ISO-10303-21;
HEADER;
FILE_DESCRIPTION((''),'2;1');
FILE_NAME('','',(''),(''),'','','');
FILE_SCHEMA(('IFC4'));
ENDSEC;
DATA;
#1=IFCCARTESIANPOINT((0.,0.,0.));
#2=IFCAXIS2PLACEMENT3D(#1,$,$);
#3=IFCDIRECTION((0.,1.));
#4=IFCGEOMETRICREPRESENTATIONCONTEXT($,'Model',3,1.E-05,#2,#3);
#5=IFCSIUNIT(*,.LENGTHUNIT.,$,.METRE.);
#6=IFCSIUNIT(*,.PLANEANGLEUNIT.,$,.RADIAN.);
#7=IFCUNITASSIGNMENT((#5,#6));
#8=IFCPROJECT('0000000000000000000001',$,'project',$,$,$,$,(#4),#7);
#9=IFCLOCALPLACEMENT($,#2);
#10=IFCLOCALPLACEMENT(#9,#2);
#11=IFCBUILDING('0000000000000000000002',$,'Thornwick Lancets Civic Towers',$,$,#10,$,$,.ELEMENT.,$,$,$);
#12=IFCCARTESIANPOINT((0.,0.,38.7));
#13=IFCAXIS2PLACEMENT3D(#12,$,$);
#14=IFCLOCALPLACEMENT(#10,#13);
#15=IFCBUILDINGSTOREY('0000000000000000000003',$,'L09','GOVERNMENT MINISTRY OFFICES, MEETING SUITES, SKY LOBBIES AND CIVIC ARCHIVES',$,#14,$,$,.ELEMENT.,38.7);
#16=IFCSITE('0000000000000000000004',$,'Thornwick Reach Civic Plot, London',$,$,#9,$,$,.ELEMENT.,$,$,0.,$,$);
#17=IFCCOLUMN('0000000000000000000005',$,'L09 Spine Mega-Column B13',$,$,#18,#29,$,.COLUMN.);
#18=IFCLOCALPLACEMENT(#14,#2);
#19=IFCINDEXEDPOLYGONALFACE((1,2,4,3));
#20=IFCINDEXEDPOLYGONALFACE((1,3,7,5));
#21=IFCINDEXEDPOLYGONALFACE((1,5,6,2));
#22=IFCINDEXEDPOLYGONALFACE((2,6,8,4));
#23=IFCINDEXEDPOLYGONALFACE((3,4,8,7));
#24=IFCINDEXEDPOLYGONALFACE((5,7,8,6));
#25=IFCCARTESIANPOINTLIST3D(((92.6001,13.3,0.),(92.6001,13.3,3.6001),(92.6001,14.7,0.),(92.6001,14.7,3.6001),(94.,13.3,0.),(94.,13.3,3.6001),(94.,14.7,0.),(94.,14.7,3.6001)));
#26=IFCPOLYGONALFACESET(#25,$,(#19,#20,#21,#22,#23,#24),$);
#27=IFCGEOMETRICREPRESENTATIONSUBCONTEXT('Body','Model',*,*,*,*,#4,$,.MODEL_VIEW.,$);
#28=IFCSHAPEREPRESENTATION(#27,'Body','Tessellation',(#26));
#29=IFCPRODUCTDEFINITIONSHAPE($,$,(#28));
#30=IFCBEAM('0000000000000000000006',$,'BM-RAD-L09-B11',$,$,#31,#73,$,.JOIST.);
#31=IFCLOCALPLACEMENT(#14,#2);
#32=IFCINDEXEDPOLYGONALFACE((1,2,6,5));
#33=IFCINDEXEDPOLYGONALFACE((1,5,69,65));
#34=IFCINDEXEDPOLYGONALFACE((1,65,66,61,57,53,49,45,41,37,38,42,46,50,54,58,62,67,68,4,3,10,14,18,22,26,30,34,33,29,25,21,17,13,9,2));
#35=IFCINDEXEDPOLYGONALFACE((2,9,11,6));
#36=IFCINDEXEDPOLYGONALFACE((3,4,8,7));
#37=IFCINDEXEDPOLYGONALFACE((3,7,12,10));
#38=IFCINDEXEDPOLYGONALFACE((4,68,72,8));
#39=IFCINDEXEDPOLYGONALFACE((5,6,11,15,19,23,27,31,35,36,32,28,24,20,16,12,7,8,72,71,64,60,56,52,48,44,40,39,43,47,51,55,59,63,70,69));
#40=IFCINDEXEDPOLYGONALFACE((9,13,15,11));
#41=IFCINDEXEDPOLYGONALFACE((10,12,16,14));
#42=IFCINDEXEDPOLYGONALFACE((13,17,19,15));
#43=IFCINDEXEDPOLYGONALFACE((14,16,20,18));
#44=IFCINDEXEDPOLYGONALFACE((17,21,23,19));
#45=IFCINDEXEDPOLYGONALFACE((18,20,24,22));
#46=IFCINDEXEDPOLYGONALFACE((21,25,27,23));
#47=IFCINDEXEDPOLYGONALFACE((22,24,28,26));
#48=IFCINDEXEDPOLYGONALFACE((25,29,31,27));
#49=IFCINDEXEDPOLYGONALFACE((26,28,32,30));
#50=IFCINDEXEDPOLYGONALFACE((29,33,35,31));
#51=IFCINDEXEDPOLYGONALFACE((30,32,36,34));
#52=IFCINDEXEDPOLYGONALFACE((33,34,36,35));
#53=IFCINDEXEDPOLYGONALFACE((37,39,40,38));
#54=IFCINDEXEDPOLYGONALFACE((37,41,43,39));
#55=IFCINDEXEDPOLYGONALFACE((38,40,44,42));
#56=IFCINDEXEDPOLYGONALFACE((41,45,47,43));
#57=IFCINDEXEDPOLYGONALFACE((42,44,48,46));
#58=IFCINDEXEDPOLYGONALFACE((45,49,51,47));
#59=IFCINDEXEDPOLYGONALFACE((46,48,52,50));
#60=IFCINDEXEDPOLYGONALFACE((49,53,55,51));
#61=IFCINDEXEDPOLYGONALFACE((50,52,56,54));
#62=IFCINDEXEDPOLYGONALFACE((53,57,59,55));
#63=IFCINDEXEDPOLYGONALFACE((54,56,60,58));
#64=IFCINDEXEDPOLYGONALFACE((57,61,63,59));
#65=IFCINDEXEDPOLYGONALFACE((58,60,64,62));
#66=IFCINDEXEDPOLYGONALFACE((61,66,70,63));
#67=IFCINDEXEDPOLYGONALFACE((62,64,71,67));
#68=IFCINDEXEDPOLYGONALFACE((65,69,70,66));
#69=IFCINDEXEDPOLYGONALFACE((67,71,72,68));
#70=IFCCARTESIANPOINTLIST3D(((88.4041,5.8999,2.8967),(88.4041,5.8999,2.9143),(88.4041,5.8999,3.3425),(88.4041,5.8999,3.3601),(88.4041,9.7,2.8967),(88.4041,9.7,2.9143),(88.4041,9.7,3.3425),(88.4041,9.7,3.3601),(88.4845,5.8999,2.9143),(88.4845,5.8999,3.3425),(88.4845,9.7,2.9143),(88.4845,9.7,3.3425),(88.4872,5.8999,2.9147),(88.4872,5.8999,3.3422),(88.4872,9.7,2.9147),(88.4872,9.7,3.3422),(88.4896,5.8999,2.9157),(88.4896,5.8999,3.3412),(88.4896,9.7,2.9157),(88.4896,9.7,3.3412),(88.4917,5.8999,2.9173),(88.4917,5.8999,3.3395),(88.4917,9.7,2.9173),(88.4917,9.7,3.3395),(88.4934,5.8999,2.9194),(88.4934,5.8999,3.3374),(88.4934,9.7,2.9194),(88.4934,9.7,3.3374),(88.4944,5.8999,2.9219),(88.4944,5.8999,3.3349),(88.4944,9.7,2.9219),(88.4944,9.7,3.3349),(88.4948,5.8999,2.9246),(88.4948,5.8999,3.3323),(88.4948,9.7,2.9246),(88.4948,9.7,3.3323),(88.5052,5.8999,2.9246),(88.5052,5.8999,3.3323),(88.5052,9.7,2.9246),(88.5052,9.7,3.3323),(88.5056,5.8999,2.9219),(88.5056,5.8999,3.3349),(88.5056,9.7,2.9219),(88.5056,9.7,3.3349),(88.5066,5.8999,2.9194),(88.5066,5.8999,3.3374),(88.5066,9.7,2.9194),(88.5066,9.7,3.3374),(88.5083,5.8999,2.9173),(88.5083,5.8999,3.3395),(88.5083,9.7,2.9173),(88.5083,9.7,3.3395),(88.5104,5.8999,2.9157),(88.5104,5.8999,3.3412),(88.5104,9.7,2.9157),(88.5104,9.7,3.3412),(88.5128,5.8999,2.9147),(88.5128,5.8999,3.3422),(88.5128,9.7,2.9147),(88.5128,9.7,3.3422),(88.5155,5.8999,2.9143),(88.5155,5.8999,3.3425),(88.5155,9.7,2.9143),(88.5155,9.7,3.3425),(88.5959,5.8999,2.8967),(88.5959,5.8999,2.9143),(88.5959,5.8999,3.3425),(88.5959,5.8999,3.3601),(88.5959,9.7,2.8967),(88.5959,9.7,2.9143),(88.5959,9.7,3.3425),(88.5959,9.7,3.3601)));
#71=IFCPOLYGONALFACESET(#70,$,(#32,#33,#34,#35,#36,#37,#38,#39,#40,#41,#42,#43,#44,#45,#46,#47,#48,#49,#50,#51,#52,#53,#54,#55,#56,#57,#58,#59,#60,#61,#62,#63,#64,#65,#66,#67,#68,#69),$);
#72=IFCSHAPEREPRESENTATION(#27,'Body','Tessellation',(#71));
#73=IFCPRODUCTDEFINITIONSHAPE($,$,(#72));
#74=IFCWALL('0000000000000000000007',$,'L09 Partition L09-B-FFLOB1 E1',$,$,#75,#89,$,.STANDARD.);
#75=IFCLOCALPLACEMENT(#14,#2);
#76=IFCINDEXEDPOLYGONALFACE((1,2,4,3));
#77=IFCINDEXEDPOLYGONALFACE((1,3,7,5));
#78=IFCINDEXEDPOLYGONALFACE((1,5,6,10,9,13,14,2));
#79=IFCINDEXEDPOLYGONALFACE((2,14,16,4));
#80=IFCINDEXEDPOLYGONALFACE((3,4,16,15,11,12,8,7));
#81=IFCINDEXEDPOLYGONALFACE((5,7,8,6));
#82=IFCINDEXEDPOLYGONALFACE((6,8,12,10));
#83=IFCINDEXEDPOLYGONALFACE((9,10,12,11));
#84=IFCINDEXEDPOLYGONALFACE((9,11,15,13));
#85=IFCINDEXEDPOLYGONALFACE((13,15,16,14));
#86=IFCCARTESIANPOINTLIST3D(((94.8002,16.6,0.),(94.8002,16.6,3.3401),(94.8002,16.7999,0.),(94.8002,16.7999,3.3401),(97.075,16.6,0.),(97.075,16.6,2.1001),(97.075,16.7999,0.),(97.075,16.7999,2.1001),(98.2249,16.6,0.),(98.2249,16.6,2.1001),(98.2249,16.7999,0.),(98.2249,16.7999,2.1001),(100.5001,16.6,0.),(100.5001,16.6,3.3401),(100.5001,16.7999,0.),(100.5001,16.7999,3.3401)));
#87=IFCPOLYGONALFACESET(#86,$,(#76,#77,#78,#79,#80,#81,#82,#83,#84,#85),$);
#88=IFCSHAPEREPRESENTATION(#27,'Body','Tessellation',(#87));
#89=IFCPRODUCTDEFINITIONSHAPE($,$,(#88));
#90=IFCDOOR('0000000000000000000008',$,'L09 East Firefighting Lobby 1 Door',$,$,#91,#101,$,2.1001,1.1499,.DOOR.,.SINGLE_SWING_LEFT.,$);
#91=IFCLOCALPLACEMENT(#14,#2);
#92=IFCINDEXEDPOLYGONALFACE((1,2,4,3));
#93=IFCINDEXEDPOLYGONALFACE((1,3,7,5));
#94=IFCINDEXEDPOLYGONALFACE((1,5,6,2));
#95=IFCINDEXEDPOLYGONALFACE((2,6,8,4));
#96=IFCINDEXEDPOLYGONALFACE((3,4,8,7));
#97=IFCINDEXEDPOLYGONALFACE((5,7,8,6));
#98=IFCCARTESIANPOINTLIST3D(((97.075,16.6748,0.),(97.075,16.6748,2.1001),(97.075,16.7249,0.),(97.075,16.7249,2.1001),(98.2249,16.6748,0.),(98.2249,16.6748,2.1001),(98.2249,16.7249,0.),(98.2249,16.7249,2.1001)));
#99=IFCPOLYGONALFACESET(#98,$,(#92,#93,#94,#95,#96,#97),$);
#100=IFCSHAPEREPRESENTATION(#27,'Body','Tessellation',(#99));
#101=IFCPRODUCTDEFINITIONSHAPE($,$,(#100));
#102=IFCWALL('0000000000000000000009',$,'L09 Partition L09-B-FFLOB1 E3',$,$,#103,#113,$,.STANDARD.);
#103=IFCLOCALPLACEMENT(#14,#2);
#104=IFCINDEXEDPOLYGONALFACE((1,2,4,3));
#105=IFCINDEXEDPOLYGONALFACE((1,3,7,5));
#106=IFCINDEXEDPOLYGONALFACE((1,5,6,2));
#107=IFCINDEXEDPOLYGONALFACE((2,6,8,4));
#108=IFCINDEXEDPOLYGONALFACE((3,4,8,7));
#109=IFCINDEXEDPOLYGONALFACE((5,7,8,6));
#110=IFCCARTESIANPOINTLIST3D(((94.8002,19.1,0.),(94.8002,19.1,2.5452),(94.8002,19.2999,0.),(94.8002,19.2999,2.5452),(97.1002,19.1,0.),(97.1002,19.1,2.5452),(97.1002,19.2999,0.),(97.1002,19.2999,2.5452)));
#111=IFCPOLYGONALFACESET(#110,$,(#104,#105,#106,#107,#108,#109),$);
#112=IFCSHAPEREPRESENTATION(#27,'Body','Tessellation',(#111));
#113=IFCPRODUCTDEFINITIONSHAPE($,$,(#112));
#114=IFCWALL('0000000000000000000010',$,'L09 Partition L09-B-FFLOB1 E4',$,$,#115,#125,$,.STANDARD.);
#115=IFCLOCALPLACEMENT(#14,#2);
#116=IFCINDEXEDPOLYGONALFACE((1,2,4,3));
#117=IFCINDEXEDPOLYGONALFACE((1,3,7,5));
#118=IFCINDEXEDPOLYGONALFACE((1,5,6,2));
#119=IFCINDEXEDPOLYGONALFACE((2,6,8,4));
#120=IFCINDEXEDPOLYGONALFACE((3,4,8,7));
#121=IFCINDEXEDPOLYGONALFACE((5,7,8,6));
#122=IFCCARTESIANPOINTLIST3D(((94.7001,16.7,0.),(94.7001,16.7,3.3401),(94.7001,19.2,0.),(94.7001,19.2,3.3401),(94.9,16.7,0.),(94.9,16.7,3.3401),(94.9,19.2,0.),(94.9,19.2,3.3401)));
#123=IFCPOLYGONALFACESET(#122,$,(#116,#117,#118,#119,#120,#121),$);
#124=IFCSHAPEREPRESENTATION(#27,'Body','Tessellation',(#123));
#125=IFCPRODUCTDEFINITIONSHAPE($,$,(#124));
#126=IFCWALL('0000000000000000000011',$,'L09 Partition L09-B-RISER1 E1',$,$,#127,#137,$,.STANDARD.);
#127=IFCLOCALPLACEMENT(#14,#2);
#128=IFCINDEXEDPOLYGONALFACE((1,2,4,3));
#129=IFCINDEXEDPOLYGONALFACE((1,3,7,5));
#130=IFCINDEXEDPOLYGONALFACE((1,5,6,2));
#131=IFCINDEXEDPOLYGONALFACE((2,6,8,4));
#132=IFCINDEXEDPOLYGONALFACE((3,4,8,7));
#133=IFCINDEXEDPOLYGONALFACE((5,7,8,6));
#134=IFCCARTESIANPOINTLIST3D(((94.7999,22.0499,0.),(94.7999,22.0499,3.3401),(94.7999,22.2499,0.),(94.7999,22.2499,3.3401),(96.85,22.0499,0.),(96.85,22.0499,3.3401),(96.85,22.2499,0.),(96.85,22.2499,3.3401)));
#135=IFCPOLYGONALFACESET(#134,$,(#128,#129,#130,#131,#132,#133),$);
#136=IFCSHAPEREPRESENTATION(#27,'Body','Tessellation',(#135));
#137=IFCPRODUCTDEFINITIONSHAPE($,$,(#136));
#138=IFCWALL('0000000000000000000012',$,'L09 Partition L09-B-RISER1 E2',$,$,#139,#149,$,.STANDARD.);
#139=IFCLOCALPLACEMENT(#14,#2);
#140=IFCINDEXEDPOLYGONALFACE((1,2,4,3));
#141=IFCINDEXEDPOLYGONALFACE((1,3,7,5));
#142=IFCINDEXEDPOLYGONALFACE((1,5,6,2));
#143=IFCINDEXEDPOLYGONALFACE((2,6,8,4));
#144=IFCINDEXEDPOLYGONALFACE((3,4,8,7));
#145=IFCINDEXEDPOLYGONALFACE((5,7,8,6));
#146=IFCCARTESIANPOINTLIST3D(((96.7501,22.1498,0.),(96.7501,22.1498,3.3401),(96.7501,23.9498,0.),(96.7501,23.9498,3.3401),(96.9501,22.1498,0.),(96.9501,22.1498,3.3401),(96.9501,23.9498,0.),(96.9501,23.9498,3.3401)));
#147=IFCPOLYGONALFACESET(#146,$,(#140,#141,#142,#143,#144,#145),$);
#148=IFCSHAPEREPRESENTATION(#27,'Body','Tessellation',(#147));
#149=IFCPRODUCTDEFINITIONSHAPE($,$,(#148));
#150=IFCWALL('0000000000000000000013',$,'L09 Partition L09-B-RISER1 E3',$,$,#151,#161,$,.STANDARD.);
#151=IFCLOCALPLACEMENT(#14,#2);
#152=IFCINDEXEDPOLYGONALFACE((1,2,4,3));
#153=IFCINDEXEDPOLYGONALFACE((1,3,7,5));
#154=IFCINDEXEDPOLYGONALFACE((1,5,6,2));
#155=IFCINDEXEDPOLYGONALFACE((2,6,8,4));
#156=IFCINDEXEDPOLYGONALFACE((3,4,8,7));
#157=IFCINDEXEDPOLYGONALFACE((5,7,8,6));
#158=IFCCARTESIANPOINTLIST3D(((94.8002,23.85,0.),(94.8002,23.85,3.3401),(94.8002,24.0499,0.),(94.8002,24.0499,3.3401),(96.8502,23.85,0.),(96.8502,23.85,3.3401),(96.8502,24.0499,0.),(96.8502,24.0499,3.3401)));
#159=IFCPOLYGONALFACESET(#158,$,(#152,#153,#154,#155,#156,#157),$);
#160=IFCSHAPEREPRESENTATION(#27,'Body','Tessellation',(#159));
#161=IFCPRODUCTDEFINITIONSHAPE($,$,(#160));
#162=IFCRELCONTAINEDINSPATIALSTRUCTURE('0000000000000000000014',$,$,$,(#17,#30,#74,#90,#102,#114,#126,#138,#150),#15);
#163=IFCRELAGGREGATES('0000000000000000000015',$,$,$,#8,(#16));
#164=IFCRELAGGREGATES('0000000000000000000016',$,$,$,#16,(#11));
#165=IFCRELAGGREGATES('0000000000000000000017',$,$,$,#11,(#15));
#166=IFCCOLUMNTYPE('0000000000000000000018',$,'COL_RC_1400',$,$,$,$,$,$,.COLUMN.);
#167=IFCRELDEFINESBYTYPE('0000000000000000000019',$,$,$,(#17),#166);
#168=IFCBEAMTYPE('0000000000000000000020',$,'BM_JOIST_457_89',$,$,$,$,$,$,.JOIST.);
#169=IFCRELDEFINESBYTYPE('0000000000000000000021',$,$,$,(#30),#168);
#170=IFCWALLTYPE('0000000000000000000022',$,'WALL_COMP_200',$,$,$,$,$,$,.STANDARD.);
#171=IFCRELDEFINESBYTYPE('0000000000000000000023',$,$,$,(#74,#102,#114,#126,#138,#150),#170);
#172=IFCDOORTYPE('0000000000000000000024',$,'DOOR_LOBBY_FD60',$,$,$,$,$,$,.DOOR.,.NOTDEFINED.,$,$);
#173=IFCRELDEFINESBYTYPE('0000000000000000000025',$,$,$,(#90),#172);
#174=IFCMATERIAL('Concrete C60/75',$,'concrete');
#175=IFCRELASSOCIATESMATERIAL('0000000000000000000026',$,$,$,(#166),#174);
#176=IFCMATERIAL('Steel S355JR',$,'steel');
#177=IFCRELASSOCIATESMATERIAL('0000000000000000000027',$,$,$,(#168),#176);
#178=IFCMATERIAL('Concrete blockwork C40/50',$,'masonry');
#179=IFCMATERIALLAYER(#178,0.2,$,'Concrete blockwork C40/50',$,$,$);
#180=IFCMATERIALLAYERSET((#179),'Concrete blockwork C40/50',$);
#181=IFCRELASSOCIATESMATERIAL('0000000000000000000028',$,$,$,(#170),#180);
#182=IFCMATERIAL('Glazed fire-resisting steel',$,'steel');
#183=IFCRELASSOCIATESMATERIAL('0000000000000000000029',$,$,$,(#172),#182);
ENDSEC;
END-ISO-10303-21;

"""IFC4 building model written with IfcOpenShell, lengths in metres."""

from ifc_helpers import new_model, si_unit, direction, frame, frame_2d, origin, origin_2d, place, context, subcontext, project, spatial, rectangle, i_section, extrude, material, layer, layer_set, material_profile, profile_set, type_object, element, fill, save


model = new_model("IFC4")

# Units and contexts
model_context = context("Model", 3, precision=1e-05, world=origin(), true_north=direction((0.0, 1.0)))
body_context = subcontext(model_context, "Body", "Model", "MODEL_VIEW")
ifc_project = project(units=[si_unit("LENGTHUNIT", "METRE"), si_unit("PLANEANGLEUNIT", "RADIAN")], contexts=[model_context])

# Site, building, storey
site_placement = place(None, origin())
site = spatial("IfcSite", under=ifc_project, at=site_placement, Name="Thornwick Reach Civic Plot, London", CompositionType="ELEMENT", RefElevation=0.0)
building_placement = place(site_placement, origin())
building = spatial("IfcBuilding", under=site, at=building_placement, Name="Thornwick Lancets Civic Towers", CompositionType="ELEMENT")
storey_placement = place(building_placement, frame((0.0, 0.0, 38.7)))
storey = spatial("IfcBuildingStorey", under=building, at=storey_placement, Name="L09", Description="GOVERNMENT MINISTRY OFFICES, MEETING SUITES, SKY LOBBIES AND CIVIC ARCHIVES", CompositionType="ELEMENT", Elevation=38.7)

# Column
ifc_material_1 = material(Name="Concrete C60/75", Category="concrete")
ifc_material_profile_1 = material_profile(ifc_material_1, rectangle(XDim=1.3999, YDim=1.3999, at=origin_2d()), Name="RC 1400x1400")
ifc_profile_set_1 = profile_set([ifc_material_profile_1], Name="Concrete C60/75")
column_type = type_object("IfcColumnType", Name="COL_RC_1400", PredefinedType="COLUMN", material=ifc_profile_set_1)
column_placement = place(storey_placement, frame((93.3, 14.0, 0.0), z_axis=(0.0, 0.0, 1.0), x_axis=(1.0, 0.0, 0.0)))
element("IfcColumn", 1, at=column_placement, inside=storey, type_object=column_type, Name="L09 Spine Mega-Column B13", PredefinedType="COLUMN", context=body_context, shape_type="SweptSolid", body=[
    extrude(rectangle(XDim=1.3999, YDim=1.3999, at=origin_2d()), origin(), (0.0, 0.0, 1.0), 3.6001),
])

# Beam
ifc_material_2 = material(Name="Steel S355JR", Category="steel")
ifc_material_profile_2 = material_profile(ifc_material_2, i_section(OverallWidth=0.1919, OverallDepth=0.4634, WebThickness=0.0105, FlangeThickness=0.0176, FilletRadius=0.0103, at=origin_2d()), Name="UKB 457x191x89")
ifc_profile_set_2 = profile_set([ifc_material_profile_2], Name="Steel S355JR")
beam_type = type_object("IfcBeamType", Name="BM_JOIST_457_89", PredefinedType="JOIST", material=ifc_profile_set_2)
beam_placement = place(storey_placement, frame((88.5, 9.7, 3.1284), z_axis=(0.0, -1.0, 0.0), x_axis=(1.0, 0.0, 0.0)))
element("IfcBeam", 2, at=beam_placement, inside=storey, type_object=beam_type, Name="BM-RAD-L09-B11", PredefinedType="JOIST", context=body_context, shape_type="SweptSolid", body=[
    extrude(i_section(OverallWidth=0.1919, OverallDepth=0.4634, WebThickness=0.0105, FlangeThickness=0.0176, FilletRadius=0.0103, at=origin_2d()), origin(), (0.0, 0.0, 1.0), 3.8),
])

# Wall, opening, door
ifc_material_3 = material(Name="Concrete blockwork C40/50", Category="masonry")
ifc_layer_1 = layer(ifc_material_3, 0.2, Name="Concrete blockwork C40/50")
ifc_layer_set_1 = layer_set([ifc_layer_1], Name="Concrete blockwork C40/50")
wall_type_1 = type_object("IfcWallType", Name="WALL_COMP_200", PredefinedType="STANDARD", material=ifc_layer_set_1)
wall_1_placement = place(storey_placement, frame((94.8, 16.7, 0.0), z_axis=(0.0, 0.0, 1.0), x_axis=(1.0, 0.0, 0.0)))
wall_1 = element("IfcWall", 3, at=wall_1_placement, inside=storey, type_object=wall_type_1, Name="L09 Partition L09-B-FFLOB1 E1", PredefinedType="STANDARD", context=body_context, shape_type="SweptSolid", body=[
    extrude(rectangle(XDim=5.7, YDim=0.2, at=frame_2d((2.8501, 0.0))), origin(), (0.0, 0.0, 1.0), 3.3401),
])
opening_1_placement = place(wall_1_placement, frame((2.2749, 0.0, 0.0)))
opening_1 = element("IfcOpeningElement", 4, at=opening_1_placement, cuts=wall_1, PredefinedType="OPENING", context=body_context, shape_type="SweptSolid", body=[
    extrude(rectangle(XDim=1.1499, YDim=2.1001, at=frame_2d((0.575, 1.05))), frame((0.0, 0.1099, 0.0), z_axis=(0.0, -1.0, 0.0), x_axis=(1.0, 0.0, 0.0)), (0.0, 0.0, 1.0), 0.22),
])
ifc_material_4 = material(Name="Glazed fire-resisting steel", Category="steel")
door_type_1 = type_object("IfcDoorType", Name="DOOR_LOBBY_FD60", OperationType="NOTDEFINED", PredefinedType="DOOR", material=ifc_material_4)
door_1_placement = place(opening_1_placement, origin())
door_1 = element("IfcDoor", 5, at=door_1_placement, inside=storey, type_object=door_type_1, Name="L09 East Firefighting Lobby 1 Door", OperationType="SINGLE_SWING_LEFT", OverallHeight=2.1001, OverallWidth=1.1499, PredefinedType="DOOR", context=body_context, shape_type="SweptSolid", body=[
    extrude(rectangle(XDim=1.1499, YDim=2.1001, at=frame_2d((0.575, 1.05))), frame((0.0, 0.0249, 0.0), z_axis=(0.0, -1.0, 0.0), x_axis=(1.0, 0.0, 0.0)), (0.0, 0.0, 1.0), 0.05),
])
fill(opening_1, door_1)

# Walls
wall_2_placement = place(storey_placement, frame((97.1001, 19.2, 0.0), z_axis=(0.0, 0.0, 1.0), x_axis=(-1.0, 0.0, 0.0)))
element("IfcWall", 6, at=wall_2_placement, inside=storey, type_object=wall_type_1, Name="L09 Partition L09-B-FFLOB1 E3", PredefinedType="STANDARD", context=body_context, shape_type="SweptSolid", body=[
    extrude(rectangle(XDim=2.3, YDim=0.2, at=frame_2d((1.1499, 0.0))), origin(), (0.0, 0.0, 1.0), 2.5452),
])
wall_3_placement = place(storey_placement, frame((94.8, 19.2, 0.0), z_axis=(0.0, 0.0, 1.0), x_axis=(0.0, -1.0, 0.0)))
element("IfcWall", 7, at=wall_3_placement, inside=storey, type_object=wall_type_1, Name="L09 Partition L09-B-FFLOB1 E4", PredefinedType="STANDARD", context=body_context, shape_type="SweptSolid", body=[
    extrude(rectangle(XDim=2.5, YDim=0.2, at=frame_2d((1.25, 0.0))), origin(), (0.0, 0.0, 1.0), 3.3401),
])
wall_4_placement = place(storey_placement, frame((94.8, 22.1499, 0.0), z_axis=(0.0, 0.0, 1.0), x_axis=(1.0, 0.0, 0.0)))
element("IfcWall", 8, at=wall_4_placement, inside=storey, type_object=wall_type_1, Name="L09 Partition L09-B-RISER1 E1", PredefinedType="STANDARD", context=body_context, shape_type="SweptSolid", body=[
    extrude(rectangle(XDim=2.05, YDim=0.2, at=frame_2d((1.0249, 0.0))), origin(), (0.0, 0.0, 1.0), 3.3401),
])
wall_5_placement = place(storey_placement, frame((96.8501, 22.1499, 0.0), z_axis=(0.0, 0.0, 1.0), x_axis=(0.0, 1.0, 0.0)))
element("IfcWall", 9, at=wall_5_placement, inside=storey, type_object=wall_type_1, Name="L09 Partition L09-B-RISER1 E2", PredefinedType="STANDARD", context=body_context, shape_type="SweptSolid", body=[
    extrude(rectangle(XDim=1.8, YDim=0.2, at=frame_2d((0.8999, 0.0))), origin(), (0.0, 0.0, 1.0), 3.3401),
])
wall_6_placement = place(storey_placement, frame((96.8501, 23.95, 0.0), z_axis=(0.0, 0.0, 1.0), x_axis=(-1.0, 0.0, 0.0)))
element("IfcWall", 10, at=wall_6_placement, inside=storey, type_object=wall_type_1, Name="L09 Partition L09-B-RISER1 E3", PredefinedType="STANDARD", context=body_context, shape_type="SweptSolid", body=[
    extrude(rectangle(XDim=2.05, YDim=0.2, at=frame_2d((1.0249, 0.0))), origin(), (0.0, 0.0, 1.0), 3.3401),
])

save(model, "model.ifc")
